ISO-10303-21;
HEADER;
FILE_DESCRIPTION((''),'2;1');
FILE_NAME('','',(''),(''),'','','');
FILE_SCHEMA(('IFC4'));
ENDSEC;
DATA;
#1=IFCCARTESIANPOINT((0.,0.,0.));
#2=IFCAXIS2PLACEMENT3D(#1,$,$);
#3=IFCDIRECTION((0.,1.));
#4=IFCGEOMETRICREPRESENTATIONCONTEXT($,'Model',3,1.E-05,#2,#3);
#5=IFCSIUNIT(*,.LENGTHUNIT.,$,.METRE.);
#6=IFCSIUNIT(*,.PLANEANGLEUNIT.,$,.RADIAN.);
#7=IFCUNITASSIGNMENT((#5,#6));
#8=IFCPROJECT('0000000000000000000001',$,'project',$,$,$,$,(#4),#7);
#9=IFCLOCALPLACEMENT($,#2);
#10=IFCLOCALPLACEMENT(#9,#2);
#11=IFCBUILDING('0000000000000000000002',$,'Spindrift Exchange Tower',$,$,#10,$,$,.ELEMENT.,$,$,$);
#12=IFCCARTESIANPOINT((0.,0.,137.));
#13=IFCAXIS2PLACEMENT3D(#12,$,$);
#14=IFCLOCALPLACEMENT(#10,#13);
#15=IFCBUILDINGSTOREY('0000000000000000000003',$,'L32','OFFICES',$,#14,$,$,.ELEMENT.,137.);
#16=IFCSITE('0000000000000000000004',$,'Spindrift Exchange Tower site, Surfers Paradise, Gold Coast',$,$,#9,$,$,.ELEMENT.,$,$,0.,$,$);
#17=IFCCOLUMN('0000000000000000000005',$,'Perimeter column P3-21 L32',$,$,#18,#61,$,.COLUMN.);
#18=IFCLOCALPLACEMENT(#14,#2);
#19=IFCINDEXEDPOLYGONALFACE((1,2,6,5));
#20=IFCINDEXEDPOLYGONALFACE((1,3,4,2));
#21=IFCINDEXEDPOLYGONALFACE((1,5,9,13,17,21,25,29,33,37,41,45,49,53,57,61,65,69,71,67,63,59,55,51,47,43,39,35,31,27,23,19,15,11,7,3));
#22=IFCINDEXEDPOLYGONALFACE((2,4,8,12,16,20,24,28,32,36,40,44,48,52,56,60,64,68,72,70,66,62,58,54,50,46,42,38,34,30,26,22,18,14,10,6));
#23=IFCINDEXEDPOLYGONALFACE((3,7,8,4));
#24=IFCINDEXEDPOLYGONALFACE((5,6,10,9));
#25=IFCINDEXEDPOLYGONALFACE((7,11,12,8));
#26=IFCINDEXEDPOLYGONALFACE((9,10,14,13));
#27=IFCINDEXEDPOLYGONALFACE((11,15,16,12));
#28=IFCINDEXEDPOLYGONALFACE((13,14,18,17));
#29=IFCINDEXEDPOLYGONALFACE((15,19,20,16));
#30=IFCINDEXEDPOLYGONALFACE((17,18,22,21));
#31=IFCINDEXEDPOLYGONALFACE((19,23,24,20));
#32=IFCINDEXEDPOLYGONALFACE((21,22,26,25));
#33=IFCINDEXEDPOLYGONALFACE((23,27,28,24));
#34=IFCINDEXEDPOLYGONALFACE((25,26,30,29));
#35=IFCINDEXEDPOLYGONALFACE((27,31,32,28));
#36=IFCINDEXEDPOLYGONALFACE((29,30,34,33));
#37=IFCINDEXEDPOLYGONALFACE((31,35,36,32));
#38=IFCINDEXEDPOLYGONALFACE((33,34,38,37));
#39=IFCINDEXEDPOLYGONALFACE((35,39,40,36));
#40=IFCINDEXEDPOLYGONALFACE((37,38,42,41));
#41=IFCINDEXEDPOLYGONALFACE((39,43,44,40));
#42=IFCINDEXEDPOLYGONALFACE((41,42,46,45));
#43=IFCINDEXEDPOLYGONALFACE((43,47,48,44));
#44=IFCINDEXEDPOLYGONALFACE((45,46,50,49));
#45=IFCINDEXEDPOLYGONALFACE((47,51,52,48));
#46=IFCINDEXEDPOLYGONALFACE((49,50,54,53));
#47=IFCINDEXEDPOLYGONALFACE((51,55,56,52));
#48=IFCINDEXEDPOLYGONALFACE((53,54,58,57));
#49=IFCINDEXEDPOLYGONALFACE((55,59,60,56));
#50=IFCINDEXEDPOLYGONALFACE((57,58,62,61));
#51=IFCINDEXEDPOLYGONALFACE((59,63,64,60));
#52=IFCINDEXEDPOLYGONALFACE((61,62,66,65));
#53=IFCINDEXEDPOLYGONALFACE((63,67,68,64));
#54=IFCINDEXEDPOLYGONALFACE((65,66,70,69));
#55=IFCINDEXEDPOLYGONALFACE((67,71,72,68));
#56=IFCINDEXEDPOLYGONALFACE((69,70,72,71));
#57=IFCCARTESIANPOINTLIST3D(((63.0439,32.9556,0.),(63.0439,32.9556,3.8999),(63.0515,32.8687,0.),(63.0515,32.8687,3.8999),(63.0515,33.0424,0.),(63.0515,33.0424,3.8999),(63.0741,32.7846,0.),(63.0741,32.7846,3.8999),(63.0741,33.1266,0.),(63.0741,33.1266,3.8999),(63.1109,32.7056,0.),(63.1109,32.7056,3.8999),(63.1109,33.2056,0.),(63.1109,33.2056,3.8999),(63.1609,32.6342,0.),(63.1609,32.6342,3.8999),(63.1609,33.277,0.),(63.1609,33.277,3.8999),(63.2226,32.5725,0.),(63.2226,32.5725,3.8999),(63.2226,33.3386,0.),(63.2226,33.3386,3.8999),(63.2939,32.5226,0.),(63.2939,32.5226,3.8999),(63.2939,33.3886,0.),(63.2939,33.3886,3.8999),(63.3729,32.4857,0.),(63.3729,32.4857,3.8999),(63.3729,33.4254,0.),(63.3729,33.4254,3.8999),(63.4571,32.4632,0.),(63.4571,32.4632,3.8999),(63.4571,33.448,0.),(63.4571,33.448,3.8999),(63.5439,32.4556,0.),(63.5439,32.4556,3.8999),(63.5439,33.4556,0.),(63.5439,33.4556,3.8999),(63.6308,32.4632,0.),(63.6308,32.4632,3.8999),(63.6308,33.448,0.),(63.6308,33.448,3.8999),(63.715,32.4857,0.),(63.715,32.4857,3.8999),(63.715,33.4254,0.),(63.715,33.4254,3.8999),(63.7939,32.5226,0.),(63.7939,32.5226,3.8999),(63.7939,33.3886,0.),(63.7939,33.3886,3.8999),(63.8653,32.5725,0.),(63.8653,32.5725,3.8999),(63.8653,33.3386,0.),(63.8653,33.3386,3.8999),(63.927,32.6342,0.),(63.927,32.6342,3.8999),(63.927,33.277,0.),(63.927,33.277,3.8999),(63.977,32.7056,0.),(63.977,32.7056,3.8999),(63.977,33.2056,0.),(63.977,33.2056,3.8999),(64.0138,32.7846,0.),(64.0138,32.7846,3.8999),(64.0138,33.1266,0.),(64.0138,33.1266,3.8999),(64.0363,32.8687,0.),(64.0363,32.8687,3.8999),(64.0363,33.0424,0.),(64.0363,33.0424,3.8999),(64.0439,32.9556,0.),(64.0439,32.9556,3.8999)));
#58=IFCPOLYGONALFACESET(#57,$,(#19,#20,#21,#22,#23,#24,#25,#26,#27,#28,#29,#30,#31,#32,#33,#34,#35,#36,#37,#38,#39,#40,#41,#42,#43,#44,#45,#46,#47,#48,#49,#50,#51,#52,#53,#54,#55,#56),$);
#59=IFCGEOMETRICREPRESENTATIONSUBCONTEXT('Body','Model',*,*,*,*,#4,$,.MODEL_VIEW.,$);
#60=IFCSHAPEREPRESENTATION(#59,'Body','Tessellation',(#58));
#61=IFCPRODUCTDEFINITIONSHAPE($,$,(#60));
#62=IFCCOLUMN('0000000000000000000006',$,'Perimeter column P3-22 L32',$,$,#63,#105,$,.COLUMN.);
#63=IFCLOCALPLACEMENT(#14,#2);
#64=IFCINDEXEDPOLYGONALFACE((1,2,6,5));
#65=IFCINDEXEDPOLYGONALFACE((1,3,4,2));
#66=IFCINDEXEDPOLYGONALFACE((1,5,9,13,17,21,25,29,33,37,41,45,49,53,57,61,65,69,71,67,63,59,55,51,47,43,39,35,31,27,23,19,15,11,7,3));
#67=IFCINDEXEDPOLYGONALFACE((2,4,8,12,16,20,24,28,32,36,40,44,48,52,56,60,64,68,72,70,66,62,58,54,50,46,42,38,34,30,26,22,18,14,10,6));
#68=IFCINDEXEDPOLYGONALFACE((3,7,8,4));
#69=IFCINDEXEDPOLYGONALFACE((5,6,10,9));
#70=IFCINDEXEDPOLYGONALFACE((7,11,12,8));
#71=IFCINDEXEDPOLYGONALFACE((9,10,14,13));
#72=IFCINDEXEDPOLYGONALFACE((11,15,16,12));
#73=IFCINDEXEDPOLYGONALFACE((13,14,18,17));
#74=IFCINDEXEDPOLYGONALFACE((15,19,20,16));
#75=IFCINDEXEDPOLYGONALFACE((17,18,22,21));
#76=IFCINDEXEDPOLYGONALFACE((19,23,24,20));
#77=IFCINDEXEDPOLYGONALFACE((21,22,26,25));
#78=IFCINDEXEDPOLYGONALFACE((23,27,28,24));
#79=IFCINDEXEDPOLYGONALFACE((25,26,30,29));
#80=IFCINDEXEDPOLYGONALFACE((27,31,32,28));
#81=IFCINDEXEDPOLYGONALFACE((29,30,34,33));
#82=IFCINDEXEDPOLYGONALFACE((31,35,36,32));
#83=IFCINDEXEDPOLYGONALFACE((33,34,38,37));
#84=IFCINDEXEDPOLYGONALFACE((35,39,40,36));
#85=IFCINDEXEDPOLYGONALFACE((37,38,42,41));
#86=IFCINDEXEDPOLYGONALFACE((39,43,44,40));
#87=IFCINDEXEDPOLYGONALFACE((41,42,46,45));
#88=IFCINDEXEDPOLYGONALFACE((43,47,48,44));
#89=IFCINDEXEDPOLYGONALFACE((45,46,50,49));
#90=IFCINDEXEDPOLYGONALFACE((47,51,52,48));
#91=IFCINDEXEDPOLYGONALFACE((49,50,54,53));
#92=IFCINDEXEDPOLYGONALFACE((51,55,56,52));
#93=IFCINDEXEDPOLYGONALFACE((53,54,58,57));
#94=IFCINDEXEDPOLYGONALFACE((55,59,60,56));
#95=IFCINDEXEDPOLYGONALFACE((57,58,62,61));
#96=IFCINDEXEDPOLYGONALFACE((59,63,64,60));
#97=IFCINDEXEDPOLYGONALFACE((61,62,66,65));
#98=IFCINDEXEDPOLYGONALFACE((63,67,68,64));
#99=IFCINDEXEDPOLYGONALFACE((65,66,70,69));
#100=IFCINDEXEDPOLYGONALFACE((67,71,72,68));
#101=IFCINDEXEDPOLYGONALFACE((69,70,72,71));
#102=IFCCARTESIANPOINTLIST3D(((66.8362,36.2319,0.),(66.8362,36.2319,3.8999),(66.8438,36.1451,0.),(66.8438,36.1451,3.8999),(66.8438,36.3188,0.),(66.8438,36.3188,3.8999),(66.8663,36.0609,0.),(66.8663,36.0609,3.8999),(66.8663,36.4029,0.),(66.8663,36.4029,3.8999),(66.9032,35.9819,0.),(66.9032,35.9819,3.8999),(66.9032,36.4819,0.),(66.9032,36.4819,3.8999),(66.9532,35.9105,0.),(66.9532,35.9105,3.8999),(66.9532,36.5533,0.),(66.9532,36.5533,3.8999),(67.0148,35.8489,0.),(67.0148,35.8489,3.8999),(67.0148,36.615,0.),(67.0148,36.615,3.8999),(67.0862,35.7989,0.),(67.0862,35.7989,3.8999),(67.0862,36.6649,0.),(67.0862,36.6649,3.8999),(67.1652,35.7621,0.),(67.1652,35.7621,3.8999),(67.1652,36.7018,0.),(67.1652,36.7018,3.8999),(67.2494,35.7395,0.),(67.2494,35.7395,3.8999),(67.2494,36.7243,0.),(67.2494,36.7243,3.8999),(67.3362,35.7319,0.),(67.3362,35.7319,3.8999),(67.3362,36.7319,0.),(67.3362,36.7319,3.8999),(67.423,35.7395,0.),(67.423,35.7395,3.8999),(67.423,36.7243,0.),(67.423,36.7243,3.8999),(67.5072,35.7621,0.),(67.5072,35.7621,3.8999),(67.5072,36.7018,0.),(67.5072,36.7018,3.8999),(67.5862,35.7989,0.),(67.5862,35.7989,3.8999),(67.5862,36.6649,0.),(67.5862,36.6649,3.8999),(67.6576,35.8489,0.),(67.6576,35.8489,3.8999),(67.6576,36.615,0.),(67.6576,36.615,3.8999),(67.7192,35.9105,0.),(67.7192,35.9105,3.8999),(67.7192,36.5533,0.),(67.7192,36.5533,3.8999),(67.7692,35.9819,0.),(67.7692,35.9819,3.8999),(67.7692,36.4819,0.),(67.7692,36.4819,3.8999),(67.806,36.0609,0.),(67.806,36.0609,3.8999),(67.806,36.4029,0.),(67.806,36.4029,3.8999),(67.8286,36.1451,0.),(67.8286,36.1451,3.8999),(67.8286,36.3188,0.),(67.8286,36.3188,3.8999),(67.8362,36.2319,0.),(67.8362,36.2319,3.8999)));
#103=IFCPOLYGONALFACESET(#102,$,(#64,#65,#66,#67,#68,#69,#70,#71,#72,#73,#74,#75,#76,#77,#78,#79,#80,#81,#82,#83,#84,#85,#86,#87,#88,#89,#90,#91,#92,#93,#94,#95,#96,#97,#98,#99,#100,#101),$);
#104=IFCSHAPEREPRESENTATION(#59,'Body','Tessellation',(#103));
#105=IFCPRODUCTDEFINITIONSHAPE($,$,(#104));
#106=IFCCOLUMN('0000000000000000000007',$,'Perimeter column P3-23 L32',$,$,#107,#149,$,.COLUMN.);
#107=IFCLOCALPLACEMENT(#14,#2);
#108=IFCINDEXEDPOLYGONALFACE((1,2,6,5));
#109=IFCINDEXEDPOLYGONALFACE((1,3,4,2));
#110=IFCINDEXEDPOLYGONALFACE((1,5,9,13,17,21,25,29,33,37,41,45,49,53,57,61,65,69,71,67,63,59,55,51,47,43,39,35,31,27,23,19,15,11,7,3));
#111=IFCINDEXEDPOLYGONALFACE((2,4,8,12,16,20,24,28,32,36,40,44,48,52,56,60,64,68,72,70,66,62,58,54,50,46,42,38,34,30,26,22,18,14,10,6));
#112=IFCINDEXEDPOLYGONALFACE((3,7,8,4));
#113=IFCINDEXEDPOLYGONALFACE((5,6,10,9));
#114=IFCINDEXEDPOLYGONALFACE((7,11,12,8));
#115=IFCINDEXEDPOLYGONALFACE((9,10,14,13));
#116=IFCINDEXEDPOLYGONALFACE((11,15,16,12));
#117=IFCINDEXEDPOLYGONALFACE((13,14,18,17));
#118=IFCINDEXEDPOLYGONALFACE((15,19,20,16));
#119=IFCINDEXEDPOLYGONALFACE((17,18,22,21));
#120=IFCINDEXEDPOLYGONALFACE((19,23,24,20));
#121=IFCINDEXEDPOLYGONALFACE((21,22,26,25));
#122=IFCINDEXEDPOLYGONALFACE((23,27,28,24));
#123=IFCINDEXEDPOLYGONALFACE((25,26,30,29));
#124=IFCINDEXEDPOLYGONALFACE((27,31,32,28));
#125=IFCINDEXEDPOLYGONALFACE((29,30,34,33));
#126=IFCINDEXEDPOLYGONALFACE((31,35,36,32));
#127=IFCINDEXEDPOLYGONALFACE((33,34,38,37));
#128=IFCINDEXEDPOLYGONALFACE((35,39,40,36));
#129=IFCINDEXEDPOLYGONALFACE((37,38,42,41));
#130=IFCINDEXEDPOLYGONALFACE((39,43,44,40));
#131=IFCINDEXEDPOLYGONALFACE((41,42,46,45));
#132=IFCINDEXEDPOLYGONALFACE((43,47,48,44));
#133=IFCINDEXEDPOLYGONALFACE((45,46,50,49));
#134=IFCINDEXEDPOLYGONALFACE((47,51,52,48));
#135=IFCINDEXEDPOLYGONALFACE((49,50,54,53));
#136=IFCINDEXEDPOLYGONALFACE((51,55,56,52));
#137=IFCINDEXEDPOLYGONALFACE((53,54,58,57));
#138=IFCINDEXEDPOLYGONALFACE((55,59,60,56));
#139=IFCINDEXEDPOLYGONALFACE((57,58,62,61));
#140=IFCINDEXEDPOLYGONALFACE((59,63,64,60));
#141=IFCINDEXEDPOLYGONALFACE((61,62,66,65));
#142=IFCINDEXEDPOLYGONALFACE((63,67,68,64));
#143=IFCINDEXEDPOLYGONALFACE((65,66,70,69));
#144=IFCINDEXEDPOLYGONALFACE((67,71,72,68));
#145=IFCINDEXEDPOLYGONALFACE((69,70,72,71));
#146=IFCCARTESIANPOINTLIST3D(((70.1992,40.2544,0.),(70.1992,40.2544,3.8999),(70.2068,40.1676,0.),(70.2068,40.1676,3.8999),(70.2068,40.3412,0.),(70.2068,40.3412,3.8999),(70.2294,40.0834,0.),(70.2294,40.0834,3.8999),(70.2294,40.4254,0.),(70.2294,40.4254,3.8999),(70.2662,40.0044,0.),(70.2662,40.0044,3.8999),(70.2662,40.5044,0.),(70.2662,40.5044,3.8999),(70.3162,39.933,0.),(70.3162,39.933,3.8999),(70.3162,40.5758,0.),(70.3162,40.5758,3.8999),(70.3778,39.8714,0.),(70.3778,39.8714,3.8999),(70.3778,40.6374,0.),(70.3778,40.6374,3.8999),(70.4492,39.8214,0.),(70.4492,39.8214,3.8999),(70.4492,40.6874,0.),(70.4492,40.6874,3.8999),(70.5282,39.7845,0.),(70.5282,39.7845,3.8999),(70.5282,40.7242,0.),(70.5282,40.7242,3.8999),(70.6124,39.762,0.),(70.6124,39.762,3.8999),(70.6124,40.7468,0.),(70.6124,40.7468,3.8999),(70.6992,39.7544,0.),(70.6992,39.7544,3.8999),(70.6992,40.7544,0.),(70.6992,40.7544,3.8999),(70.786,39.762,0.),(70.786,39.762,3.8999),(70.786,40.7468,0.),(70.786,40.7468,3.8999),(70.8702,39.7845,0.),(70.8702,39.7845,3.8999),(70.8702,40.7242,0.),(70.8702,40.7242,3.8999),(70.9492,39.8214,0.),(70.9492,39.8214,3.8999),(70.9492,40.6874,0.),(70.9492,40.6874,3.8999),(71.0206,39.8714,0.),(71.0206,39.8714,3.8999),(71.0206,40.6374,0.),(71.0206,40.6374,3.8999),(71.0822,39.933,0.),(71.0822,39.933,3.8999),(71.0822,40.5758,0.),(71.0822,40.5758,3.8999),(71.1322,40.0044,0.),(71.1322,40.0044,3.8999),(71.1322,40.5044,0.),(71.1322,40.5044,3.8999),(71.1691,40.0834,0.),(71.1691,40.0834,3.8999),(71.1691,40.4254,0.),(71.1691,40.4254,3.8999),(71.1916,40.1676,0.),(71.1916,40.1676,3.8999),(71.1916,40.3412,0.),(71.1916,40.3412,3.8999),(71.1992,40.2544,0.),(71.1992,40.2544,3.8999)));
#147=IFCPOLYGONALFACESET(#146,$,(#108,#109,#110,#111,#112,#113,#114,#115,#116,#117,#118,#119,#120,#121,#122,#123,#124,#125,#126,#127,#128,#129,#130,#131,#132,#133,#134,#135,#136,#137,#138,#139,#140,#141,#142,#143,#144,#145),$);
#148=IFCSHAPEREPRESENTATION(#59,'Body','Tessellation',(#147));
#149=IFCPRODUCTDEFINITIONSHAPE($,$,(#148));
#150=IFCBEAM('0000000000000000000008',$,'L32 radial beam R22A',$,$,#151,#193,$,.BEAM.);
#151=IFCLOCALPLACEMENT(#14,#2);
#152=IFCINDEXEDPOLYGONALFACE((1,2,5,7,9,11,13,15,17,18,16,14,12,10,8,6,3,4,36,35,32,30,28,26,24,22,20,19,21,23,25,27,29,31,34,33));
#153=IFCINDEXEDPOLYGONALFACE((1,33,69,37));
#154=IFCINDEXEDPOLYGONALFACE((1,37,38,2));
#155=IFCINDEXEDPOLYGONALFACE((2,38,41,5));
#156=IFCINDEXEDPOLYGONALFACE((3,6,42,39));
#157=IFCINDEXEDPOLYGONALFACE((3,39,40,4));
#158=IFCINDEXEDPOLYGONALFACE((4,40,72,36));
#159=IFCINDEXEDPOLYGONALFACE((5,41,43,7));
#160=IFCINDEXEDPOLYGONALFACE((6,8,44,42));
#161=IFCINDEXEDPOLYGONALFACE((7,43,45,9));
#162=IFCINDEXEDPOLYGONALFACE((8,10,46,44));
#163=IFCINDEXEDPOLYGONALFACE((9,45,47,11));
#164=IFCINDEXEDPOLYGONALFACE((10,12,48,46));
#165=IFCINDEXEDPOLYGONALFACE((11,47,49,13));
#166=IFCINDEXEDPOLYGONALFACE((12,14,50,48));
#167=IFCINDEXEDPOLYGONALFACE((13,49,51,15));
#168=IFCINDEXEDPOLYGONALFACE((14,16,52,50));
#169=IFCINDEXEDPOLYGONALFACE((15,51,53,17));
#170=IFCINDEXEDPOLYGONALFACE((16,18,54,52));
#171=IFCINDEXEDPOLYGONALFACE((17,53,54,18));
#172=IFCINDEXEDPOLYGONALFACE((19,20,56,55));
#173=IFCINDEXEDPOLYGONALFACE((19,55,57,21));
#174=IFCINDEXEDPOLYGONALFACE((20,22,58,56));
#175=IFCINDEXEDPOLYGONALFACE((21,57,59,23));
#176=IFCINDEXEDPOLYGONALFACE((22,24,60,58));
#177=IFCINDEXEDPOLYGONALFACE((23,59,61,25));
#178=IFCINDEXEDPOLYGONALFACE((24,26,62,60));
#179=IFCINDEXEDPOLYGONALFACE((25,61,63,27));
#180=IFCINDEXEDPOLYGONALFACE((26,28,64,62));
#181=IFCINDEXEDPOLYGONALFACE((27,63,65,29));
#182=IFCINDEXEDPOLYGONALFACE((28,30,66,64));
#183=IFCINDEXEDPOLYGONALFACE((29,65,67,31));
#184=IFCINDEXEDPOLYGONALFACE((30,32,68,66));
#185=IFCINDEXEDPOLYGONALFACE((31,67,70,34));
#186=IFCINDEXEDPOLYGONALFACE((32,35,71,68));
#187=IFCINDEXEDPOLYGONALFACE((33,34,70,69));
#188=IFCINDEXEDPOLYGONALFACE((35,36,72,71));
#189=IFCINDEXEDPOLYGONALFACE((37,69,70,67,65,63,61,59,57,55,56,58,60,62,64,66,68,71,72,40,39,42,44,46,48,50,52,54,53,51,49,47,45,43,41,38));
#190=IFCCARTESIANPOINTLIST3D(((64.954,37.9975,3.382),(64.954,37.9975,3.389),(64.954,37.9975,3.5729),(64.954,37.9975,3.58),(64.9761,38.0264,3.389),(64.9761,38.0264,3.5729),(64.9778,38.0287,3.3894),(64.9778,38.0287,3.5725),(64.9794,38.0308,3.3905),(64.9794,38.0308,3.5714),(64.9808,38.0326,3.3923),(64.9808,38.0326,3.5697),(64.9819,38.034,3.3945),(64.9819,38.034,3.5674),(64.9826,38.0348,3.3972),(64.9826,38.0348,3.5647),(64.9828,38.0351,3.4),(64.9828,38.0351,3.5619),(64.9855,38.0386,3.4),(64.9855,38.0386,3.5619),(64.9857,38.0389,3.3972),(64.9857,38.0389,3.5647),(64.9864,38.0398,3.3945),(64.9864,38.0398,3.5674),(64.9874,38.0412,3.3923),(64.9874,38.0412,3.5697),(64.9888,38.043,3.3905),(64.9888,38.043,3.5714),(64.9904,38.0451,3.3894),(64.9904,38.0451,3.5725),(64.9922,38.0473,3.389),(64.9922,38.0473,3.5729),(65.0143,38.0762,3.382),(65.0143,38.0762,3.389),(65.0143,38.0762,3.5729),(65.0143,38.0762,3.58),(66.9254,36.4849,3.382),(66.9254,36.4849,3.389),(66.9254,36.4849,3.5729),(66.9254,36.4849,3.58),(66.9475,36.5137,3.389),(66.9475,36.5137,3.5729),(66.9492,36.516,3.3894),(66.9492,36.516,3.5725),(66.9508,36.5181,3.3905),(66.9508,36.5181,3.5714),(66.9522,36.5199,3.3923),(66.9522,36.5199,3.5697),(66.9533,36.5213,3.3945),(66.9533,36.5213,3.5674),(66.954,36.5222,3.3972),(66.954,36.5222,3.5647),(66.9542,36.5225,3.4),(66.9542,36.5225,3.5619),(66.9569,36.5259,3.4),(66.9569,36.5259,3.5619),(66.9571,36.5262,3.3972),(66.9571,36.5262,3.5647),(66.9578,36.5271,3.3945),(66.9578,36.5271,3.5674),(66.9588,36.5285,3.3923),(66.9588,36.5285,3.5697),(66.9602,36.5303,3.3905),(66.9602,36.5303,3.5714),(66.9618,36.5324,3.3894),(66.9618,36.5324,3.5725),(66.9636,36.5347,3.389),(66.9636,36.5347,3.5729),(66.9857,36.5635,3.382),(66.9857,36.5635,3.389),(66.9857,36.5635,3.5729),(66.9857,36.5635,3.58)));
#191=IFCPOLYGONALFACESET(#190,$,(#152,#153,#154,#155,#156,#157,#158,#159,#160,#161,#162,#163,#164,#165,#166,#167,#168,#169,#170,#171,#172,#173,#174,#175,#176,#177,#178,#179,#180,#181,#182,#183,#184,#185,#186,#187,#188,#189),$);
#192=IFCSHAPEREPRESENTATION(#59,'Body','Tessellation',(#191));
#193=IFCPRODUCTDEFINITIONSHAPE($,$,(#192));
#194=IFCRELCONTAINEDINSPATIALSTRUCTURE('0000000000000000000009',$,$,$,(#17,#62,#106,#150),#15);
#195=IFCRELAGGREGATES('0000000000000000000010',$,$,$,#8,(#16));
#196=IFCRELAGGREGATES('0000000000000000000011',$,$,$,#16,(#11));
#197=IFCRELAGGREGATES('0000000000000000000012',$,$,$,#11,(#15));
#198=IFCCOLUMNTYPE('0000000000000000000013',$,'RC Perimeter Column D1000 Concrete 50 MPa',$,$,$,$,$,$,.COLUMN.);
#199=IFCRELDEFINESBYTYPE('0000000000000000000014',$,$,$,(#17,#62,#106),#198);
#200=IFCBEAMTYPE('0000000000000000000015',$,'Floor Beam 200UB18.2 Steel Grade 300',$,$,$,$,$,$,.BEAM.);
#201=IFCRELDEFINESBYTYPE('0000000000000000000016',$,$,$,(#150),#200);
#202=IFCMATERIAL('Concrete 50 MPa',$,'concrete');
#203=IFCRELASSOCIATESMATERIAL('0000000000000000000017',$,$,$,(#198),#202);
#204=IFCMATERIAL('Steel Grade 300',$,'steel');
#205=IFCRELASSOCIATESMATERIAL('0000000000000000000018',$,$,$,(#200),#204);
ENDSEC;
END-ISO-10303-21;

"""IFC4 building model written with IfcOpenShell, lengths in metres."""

from ifc_helpers import new_model, si_unit, direction, frame, origin, origin_2d, place, context, subcontext, project, spatial, circle, i_section, extrude, source, transform, mapped, material, material_profile, profile_set, type_object, element, save


model = new_model("IFC4")

# Units and contexts
model_context = context("Model", 3, precision=1e-05, world=origin(), true_north=direction((0.0, 1.0)))
body_context = subcontext(model_context, "Body", "Model", "MODEL_VIEW")
ifc_project = project(units=[si_unit("LENGTHUNIT", "METRE"), si_unit("PLANEANGLEUNIT", "RADIAN")], contexts=[model_context])

# Site, building, storey
site_placement = place(None, origin())
site = spatial("IfcSite", under=ifc_project, at=site_placement, Name="Spindrift Exchange Tower site, Surfers Paradise, Gold Coast", CompositionType="ELEMENT", RefElevation=0.0)
building_placement = place(site_placement, origin())
building = spatial("IfcBuilding", under=site, at=building_placement, Name="Spindrift Exchange Tower", CompositionType="ELEMENT")
storey_placement = place(building_placement, frame((0.0, 0.0, 137.0)))
storey = spatial("IfcBuildingStorey", under=building, at=storey_placement, Name="L32", Description="OFFICES", CompositionType="ELEMENT", Elevation=137.0)

# Columns
ifc_material_1 = material(Name="Concrete 50 MPa", Category="concrete")
ifc_material_profile_1 = material_profile(ifc_material_1, circle(Radius=0.5, at=origin_2d()), Name="RC D1000")
ifc_profile_set_1 = profile_set([ifc_material_profile_1], Name="Concrete 50 MPa")
column_type = type_object("IfcColumnType", Name="RC Perimeter Column D1000 Concrete 50 MPa", PredefinedType="COLUMN", material=ifc_profile_set_1)
shared_shape_1 = source(origin(), body_context, "Body", "SweptSolid", [
    extrude(circle(Radius=0.5, at=origin_2d()), origin(), (0.0, 0.0, 1.0), 3.8999),
])
for number, where, z_axis, x_axis, name in (
    (1, (63.5439, 32.9556, 0.0), (0.0, 0.0, 1.0), (1.0, 0.0, 0.0), "Perimeter column P3-21 L32"),
    (2, (67.3362, 36.2319, 0.0), (0.0, 0.0, 1.0), (1.0, 0.0, 0.0), "Perimeter column P3-22 L32"),
    (3, (70.6992, 40.2544, 0.0), (0.0, 0.0, 1.0), (1.0, 0.0, 0.0), "Perimeter column P3-23 L32"),
):
    element("IfcColumn", number, at=place(storey_placement, frame(where, z_axis=z_axis, x_axis=x_axis)), inside=storey, type_object=column_type, Name=name, PredefinedType="COLUMN", context=body_context, shape_type="MappedRepresentation", body=[
        mapped(shared_shape_1, transform((0.0, 0.0, 0.0), scale=1.0)),
    ])

# Beam
ifc_material_2 = material(Name="Steel Grade 300", Category="steel")
ifc_material_profile_2 = material_profile(ifc_material_2, i_section(OverallWidth=0.0991, OverallDepth=0.198, WebThickness=0.0044, FlangeThickness=0.0071, FilletRadius=0.011, at=origin_2d()), Name="200UB18.2")
ifc_profile_set_2 = profile_set([ifc_material_profile_2], Name="Steel Grade 300")
beam_type_1 = type_object("IfcBeamType", Name="Floor Beam 200UB18.2 Steel Grade 300", PredefinedType="BEAM", material=ifc_profile_set_2)
shared_shape_2 = source(origin(), body_context, "Body", "SweptSolid", [
    extrude(i_section(OverallWidth=0.0991, OverallDepth=0.198, WebThickness=0.0044, FlangeThickness=0.0071, FilletRadius=0.011, at=origin_2d()), origin(), (0.0, 0.0, 1.0), 2.4849),
])
beam_1_placement = place(storey_placement, frame((64.9841, 38.0369, 3.481), z_axis=(0.793361, -0.608751, 0.0), x_axis=(0.608751, 0.793361, 0.0)))
element("IfcBeam", 4, at=beam_1_placement, inside=storey, type_object=beam_type_1, Name="L32 radial beam R22A", PredefinedType="BEAM", context=body_context, shape_type="MappedRepresentation", body=[
    mapped(shared_shape_2, transform((0.0, 0.0, 0.0), scale=1.0)),
])

save(model, "model.ifc")
